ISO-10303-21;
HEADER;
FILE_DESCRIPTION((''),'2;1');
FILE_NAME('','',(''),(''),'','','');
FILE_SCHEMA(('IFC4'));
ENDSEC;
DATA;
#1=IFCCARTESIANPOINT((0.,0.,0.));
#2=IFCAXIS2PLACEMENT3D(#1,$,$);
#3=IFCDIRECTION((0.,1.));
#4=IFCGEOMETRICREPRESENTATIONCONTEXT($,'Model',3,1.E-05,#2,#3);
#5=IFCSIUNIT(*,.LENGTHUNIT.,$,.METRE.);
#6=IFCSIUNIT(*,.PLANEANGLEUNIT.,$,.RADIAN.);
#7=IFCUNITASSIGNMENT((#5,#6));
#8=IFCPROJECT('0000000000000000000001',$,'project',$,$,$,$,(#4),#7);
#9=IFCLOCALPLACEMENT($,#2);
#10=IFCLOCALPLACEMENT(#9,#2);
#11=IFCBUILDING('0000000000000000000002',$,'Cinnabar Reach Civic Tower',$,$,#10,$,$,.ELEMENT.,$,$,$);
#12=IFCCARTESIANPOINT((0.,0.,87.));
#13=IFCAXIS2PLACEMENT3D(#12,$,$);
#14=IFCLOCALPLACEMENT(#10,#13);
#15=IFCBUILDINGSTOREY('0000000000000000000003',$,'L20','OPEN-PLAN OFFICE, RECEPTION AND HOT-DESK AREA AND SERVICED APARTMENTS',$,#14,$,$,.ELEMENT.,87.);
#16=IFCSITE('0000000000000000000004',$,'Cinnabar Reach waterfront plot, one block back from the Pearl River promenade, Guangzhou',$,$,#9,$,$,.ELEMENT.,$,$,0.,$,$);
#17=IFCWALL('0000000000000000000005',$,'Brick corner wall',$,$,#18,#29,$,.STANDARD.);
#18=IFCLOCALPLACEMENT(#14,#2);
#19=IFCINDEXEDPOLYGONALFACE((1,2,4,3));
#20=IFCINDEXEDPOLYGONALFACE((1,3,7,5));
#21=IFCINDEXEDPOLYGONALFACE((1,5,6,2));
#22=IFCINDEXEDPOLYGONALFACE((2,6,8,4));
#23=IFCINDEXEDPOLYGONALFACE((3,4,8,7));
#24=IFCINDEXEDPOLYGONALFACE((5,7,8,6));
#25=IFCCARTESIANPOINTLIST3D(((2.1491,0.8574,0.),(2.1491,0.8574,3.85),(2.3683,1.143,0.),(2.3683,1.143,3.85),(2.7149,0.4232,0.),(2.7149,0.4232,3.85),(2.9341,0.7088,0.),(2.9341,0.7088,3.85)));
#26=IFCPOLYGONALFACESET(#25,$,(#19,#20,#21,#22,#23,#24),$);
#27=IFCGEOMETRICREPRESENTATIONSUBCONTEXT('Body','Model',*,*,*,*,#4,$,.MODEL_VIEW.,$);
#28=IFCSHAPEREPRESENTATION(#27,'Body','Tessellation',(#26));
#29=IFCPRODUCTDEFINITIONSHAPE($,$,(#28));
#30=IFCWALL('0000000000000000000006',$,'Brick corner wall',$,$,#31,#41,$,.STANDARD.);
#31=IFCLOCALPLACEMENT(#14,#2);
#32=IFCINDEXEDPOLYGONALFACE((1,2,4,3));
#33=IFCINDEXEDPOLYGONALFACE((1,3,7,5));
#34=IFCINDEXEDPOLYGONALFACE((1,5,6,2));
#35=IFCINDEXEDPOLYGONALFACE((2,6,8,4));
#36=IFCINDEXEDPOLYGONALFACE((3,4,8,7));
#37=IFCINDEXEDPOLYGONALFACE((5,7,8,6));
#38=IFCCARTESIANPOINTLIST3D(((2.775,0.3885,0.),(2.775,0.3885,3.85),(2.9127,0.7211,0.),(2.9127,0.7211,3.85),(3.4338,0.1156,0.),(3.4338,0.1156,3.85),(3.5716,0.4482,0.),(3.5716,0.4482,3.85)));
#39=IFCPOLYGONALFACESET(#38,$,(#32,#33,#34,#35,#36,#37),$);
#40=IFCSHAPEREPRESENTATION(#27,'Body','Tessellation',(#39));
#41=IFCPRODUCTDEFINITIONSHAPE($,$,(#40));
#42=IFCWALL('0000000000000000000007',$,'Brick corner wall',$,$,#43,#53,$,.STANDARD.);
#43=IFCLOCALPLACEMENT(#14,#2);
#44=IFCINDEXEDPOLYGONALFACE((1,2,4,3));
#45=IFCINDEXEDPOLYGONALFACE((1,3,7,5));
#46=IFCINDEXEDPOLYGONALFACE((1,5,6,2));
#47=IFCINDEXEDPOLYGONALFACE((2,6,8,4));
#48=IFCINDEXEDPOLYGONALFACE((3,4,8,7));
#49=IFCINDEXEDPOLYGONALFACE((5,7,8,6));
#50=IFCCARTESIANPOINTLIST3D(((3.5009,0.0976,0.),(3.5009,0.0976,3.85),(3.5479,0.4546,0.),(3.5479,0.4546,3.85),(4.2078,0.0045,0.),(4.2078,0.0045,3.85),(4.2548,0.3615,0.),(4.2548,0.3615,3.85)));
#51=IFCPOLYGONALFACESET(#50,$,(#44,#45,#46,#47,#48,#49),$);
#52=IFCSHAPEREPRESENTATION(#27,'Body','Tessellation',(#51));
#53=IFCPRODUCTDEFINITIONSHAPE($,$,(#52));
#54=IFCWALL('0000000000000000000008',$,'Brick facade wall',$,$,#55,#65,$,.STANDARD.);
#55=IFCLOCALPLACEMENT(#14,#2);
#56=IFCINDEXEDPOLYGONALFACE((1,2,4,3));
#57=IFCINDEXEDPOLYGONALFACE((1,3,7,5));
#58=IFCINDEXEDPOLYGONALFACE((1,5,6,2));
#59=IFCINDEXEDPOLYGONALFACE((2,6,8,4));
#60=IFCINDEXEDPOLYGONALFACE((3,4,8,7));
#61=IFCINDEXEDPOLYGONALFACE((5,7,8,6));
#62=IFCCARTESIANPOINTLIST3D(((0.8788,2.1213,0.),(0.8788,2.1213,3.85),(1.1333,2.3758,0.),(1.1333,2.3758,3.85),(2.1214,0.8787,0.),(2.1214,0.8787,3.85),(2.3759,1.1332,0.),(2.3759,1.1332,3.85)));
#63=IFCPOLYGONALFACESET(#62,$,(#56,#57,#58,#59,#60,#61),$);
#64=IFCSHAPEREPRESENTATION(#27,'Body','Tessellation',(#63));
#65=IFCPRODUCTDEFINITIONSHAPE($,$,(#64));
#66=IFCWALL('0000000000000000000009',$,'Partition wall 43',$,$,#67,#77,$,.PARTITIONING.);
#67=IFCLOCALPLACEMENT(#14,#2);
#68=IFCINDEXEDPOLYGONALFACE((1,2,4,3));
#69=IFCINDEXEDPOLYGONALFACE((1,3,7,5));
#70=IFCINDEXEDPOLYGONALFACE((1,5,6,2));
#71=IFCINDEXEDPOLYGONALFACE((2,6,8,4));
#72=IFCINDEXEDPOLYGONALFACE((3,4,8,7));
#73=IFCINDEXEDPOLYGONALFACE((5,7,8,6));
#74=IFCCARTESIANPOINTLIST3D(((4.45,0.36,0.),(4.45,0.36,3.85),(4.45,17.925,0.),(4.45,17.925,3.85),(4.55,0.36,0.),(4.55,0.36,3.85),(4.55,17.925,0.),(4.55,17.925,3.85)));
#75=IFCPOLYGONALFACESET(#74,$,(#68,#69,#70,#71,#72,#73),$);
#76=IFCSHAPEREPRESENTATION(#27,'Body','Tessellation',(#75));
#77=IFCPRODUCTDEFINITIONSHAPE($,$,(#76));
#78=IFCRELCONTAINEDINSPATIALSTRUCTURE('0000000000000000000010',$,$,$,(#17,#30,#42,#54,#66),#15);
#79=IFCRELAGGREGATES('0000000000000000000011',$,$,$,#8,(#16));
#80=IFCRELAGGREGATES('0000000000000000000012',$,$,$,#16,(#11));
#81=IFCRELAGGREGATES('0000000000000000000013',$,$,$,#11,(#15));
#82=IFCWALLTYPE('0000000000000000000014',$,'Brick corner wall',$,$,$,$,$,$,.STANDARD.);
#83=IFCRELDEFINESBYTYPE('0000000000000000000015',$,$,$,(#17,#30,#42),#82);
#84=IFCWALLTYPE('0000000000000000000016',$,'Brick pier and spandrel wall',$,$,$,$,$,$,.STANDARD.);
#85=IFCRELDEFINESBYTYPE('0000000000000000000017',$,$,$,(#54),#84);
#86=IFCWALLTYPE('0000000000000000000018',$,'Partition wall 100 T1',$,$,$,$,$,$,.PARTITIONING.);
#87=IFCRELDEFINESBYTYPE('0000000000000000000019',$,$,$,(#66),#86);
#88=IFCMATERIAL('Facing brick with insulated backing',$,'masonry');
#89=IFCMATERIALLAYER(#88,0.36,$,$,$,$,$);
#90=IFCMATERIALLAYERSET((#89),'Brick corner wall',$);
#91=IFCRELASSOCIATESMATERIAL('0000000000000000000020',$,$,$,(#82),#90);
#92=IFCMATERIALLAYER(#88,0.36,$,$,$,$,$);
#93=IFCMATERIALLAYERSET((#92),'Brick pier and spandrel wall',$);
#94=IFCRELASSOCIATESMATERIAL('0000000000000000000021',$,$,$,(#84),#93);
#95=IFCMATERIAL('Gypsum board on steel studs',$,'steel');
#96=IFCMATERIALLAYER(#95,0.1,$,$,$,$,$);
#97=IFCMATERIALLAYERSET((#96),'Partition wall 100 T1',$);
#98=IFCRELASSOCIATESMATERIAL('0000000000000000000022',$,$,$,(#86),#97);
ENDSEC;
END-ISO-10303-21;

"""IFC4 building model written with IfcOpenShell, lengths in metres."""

from ifc_helpers import new_model, si_unit, direction, frame, frame_2d, origin, place, context, subcontext, project, spatial, rectangle, extrude, material, layer, layer_set, type_object, element, save


model = new_model("IFC4")

# Units and contexts
model_context = context("Model", 3, precision=1e-05, world=origin(), true_north=direction((0.0, 1.0)))
body_context = subcontext(model_context, "Body", "Model", "MODEL_VIEW")
ifc_project = project(units=[si_unit("LENGTHUNIT", "METRE"), si_unit("PLANEANGLEUNIT", "RADIAN")], contexts=[model_context])

# Site, building, storey
site_placement = place(None, origin())
site = spatial("IfcSite", under=ifc_project, at=site_placement, Name="Cinnabar Reach waterfront plot, one block back from the Pearl River promenade, Guangzhou", CompositionType="ELEMENT", RefElevation=0.0)
building_placement = place(site_placement, origin())
building = spatial("IfcBuilding", under=site, at=building_placement, Name="Cinnabar Reach Civic Tower", CompositionType="ELEMENT")
storey_placement = place(building_placement, frame((0.0, 0.0, 87.0)))
storey = spatial("IfcBuildingStorey", under=building, at=storey_placement, Name="L20", Description="OPEN-PLAN OFFICE, RECEPTION AND HOT-DESK AREA AND SERVICED APARTMENTS", CompositionType="ELEMENT", Elevation=87.0)

# Walls
ifc_material_1 = material(Name="Facing brick with insulated backing", Category="masonry")
ifc_layer_1 = layer(ifc_material_1, 0.36)
ifc_layer_set_1 = layer_set([ifc_layer_1], Name="Brick corner wall")
wall_type_1 = type_object("IfcWallType", Name="Brick corner wall", PredefinedType="STANDARD", material=ifc_layer_set_1)
wall_1_placement = place(storey_placement, frame((2.2587, 1.0002, 0.0), z_axis=(0.0, 0.0, 1.0), x_axis=(0.793322, -0.608802, 0.0)))
element("IfcWall", 1, at=wall_1_placement, inside=storey, type_object=wall_type_1, Name="Brick corner wall", PredefinedType="STANDARD", context=body_context, shape_type="SweptSolid", body=[
    extrude(rectangle(XDim=0.7132, YDim=0.36, at=frame_2d((0.3566, 0.0))), origin(), (0.0, 0.0, 1.0), 3.85),
])
for number, where, z_axis, x_axis, name in (
    (2, (2.8439, 0.5548, 0.0), (0.0, 0.0, 1.0), (0.923872, -0.382703, 0.0), "Brick corner wall"),
    (3, (3.5244, 0.2761, 0.0), (0.0, 0.0, 1.0), (0.991441, -0.130556, 0.0), "Brick corner wall"),
):
    element("IfcWall", number, at=place(storey_placement, frame(where, z_axis=z_axis, x_axis=x_axis)), inside=storey, type_object=wall_type_1, Name=name, PredefinedType="STANDARD", context=body_context, shape_type="SweptSolid", body=[
        extrude(rectangle(XDim=0.7131, YDim=0.36, at=frame_2d((0.3565, 0.0))), origin(), (0.0, 0.0, 1.0), 3.85),
    ])

# Shared definitions
ifc_layer_2 = layer(ifc_material_1, 0.36)
ifc_layer_set_2 = layer_set([ifc_layer_2], Name="Brick pier and spandrel wall")
wall_type_2 = type_object("IfcWallType", Name="Brick pier and spandrel wall", PredefinedType="STANDARD", material=ifc_layer_set_2)

# Walls
wall_2_placement = place(storey_placement, frame((1.006, 2.2486, 0.0), z_axis=(0.0, 0.0, 1.0), x_axis=(0.707107, -0.707107, 0.0)))
element("IfcWall", 4, at=wall_2_placement, inside=storey, type_object=wall_type_2, Name="Brick facade wall", PredefinedType="STANDARD", context=body_context, shape_type="SweptSolid", body=[
    extrude(rectangle(XDim=1.7573, YDim=0.36, at=frame_2d((0.8787, 0.0))), origin(), (0.0, 0.0, 1.0), 3.85),
])
ifc_material_2 = material(Name="Gypsum board on steel studs", Category="steel")
ifc_layer_3 = layer(ifc_material_2, 0.1)
ifc_layer_set_3 = layer_set([ifc_layer_3], Name="Partition wall 100 T1")
wall_type_3 = type_object("IfcWallType", Name="Partition wall 100 T1", PredefinedType="PARTITIONING", material=ifc_layer_set_3)
wall_3_placement = place(storey_placement, frame((4.5, 0.36, 0.0), z_axis=(0.0, 0.0, 1.0), x_axis=(0.0, 1.0, 0.0)))
element("IfcWall", 5, at=wall_3_placement, inside=storey, type_object=wall_type_3, Name="Partition wall 43", PredefinedType="PARTITIONING", context=body_context, shape_type="SweptSolid", body=[
    extrude(rectangle(XDim=17.565, YDim=0.1, at=frame_2d((8.7825, 0.0))), origin(), (0.0, 0.0, 1.0), 3.85),
])

save(model, "model.ifc")
